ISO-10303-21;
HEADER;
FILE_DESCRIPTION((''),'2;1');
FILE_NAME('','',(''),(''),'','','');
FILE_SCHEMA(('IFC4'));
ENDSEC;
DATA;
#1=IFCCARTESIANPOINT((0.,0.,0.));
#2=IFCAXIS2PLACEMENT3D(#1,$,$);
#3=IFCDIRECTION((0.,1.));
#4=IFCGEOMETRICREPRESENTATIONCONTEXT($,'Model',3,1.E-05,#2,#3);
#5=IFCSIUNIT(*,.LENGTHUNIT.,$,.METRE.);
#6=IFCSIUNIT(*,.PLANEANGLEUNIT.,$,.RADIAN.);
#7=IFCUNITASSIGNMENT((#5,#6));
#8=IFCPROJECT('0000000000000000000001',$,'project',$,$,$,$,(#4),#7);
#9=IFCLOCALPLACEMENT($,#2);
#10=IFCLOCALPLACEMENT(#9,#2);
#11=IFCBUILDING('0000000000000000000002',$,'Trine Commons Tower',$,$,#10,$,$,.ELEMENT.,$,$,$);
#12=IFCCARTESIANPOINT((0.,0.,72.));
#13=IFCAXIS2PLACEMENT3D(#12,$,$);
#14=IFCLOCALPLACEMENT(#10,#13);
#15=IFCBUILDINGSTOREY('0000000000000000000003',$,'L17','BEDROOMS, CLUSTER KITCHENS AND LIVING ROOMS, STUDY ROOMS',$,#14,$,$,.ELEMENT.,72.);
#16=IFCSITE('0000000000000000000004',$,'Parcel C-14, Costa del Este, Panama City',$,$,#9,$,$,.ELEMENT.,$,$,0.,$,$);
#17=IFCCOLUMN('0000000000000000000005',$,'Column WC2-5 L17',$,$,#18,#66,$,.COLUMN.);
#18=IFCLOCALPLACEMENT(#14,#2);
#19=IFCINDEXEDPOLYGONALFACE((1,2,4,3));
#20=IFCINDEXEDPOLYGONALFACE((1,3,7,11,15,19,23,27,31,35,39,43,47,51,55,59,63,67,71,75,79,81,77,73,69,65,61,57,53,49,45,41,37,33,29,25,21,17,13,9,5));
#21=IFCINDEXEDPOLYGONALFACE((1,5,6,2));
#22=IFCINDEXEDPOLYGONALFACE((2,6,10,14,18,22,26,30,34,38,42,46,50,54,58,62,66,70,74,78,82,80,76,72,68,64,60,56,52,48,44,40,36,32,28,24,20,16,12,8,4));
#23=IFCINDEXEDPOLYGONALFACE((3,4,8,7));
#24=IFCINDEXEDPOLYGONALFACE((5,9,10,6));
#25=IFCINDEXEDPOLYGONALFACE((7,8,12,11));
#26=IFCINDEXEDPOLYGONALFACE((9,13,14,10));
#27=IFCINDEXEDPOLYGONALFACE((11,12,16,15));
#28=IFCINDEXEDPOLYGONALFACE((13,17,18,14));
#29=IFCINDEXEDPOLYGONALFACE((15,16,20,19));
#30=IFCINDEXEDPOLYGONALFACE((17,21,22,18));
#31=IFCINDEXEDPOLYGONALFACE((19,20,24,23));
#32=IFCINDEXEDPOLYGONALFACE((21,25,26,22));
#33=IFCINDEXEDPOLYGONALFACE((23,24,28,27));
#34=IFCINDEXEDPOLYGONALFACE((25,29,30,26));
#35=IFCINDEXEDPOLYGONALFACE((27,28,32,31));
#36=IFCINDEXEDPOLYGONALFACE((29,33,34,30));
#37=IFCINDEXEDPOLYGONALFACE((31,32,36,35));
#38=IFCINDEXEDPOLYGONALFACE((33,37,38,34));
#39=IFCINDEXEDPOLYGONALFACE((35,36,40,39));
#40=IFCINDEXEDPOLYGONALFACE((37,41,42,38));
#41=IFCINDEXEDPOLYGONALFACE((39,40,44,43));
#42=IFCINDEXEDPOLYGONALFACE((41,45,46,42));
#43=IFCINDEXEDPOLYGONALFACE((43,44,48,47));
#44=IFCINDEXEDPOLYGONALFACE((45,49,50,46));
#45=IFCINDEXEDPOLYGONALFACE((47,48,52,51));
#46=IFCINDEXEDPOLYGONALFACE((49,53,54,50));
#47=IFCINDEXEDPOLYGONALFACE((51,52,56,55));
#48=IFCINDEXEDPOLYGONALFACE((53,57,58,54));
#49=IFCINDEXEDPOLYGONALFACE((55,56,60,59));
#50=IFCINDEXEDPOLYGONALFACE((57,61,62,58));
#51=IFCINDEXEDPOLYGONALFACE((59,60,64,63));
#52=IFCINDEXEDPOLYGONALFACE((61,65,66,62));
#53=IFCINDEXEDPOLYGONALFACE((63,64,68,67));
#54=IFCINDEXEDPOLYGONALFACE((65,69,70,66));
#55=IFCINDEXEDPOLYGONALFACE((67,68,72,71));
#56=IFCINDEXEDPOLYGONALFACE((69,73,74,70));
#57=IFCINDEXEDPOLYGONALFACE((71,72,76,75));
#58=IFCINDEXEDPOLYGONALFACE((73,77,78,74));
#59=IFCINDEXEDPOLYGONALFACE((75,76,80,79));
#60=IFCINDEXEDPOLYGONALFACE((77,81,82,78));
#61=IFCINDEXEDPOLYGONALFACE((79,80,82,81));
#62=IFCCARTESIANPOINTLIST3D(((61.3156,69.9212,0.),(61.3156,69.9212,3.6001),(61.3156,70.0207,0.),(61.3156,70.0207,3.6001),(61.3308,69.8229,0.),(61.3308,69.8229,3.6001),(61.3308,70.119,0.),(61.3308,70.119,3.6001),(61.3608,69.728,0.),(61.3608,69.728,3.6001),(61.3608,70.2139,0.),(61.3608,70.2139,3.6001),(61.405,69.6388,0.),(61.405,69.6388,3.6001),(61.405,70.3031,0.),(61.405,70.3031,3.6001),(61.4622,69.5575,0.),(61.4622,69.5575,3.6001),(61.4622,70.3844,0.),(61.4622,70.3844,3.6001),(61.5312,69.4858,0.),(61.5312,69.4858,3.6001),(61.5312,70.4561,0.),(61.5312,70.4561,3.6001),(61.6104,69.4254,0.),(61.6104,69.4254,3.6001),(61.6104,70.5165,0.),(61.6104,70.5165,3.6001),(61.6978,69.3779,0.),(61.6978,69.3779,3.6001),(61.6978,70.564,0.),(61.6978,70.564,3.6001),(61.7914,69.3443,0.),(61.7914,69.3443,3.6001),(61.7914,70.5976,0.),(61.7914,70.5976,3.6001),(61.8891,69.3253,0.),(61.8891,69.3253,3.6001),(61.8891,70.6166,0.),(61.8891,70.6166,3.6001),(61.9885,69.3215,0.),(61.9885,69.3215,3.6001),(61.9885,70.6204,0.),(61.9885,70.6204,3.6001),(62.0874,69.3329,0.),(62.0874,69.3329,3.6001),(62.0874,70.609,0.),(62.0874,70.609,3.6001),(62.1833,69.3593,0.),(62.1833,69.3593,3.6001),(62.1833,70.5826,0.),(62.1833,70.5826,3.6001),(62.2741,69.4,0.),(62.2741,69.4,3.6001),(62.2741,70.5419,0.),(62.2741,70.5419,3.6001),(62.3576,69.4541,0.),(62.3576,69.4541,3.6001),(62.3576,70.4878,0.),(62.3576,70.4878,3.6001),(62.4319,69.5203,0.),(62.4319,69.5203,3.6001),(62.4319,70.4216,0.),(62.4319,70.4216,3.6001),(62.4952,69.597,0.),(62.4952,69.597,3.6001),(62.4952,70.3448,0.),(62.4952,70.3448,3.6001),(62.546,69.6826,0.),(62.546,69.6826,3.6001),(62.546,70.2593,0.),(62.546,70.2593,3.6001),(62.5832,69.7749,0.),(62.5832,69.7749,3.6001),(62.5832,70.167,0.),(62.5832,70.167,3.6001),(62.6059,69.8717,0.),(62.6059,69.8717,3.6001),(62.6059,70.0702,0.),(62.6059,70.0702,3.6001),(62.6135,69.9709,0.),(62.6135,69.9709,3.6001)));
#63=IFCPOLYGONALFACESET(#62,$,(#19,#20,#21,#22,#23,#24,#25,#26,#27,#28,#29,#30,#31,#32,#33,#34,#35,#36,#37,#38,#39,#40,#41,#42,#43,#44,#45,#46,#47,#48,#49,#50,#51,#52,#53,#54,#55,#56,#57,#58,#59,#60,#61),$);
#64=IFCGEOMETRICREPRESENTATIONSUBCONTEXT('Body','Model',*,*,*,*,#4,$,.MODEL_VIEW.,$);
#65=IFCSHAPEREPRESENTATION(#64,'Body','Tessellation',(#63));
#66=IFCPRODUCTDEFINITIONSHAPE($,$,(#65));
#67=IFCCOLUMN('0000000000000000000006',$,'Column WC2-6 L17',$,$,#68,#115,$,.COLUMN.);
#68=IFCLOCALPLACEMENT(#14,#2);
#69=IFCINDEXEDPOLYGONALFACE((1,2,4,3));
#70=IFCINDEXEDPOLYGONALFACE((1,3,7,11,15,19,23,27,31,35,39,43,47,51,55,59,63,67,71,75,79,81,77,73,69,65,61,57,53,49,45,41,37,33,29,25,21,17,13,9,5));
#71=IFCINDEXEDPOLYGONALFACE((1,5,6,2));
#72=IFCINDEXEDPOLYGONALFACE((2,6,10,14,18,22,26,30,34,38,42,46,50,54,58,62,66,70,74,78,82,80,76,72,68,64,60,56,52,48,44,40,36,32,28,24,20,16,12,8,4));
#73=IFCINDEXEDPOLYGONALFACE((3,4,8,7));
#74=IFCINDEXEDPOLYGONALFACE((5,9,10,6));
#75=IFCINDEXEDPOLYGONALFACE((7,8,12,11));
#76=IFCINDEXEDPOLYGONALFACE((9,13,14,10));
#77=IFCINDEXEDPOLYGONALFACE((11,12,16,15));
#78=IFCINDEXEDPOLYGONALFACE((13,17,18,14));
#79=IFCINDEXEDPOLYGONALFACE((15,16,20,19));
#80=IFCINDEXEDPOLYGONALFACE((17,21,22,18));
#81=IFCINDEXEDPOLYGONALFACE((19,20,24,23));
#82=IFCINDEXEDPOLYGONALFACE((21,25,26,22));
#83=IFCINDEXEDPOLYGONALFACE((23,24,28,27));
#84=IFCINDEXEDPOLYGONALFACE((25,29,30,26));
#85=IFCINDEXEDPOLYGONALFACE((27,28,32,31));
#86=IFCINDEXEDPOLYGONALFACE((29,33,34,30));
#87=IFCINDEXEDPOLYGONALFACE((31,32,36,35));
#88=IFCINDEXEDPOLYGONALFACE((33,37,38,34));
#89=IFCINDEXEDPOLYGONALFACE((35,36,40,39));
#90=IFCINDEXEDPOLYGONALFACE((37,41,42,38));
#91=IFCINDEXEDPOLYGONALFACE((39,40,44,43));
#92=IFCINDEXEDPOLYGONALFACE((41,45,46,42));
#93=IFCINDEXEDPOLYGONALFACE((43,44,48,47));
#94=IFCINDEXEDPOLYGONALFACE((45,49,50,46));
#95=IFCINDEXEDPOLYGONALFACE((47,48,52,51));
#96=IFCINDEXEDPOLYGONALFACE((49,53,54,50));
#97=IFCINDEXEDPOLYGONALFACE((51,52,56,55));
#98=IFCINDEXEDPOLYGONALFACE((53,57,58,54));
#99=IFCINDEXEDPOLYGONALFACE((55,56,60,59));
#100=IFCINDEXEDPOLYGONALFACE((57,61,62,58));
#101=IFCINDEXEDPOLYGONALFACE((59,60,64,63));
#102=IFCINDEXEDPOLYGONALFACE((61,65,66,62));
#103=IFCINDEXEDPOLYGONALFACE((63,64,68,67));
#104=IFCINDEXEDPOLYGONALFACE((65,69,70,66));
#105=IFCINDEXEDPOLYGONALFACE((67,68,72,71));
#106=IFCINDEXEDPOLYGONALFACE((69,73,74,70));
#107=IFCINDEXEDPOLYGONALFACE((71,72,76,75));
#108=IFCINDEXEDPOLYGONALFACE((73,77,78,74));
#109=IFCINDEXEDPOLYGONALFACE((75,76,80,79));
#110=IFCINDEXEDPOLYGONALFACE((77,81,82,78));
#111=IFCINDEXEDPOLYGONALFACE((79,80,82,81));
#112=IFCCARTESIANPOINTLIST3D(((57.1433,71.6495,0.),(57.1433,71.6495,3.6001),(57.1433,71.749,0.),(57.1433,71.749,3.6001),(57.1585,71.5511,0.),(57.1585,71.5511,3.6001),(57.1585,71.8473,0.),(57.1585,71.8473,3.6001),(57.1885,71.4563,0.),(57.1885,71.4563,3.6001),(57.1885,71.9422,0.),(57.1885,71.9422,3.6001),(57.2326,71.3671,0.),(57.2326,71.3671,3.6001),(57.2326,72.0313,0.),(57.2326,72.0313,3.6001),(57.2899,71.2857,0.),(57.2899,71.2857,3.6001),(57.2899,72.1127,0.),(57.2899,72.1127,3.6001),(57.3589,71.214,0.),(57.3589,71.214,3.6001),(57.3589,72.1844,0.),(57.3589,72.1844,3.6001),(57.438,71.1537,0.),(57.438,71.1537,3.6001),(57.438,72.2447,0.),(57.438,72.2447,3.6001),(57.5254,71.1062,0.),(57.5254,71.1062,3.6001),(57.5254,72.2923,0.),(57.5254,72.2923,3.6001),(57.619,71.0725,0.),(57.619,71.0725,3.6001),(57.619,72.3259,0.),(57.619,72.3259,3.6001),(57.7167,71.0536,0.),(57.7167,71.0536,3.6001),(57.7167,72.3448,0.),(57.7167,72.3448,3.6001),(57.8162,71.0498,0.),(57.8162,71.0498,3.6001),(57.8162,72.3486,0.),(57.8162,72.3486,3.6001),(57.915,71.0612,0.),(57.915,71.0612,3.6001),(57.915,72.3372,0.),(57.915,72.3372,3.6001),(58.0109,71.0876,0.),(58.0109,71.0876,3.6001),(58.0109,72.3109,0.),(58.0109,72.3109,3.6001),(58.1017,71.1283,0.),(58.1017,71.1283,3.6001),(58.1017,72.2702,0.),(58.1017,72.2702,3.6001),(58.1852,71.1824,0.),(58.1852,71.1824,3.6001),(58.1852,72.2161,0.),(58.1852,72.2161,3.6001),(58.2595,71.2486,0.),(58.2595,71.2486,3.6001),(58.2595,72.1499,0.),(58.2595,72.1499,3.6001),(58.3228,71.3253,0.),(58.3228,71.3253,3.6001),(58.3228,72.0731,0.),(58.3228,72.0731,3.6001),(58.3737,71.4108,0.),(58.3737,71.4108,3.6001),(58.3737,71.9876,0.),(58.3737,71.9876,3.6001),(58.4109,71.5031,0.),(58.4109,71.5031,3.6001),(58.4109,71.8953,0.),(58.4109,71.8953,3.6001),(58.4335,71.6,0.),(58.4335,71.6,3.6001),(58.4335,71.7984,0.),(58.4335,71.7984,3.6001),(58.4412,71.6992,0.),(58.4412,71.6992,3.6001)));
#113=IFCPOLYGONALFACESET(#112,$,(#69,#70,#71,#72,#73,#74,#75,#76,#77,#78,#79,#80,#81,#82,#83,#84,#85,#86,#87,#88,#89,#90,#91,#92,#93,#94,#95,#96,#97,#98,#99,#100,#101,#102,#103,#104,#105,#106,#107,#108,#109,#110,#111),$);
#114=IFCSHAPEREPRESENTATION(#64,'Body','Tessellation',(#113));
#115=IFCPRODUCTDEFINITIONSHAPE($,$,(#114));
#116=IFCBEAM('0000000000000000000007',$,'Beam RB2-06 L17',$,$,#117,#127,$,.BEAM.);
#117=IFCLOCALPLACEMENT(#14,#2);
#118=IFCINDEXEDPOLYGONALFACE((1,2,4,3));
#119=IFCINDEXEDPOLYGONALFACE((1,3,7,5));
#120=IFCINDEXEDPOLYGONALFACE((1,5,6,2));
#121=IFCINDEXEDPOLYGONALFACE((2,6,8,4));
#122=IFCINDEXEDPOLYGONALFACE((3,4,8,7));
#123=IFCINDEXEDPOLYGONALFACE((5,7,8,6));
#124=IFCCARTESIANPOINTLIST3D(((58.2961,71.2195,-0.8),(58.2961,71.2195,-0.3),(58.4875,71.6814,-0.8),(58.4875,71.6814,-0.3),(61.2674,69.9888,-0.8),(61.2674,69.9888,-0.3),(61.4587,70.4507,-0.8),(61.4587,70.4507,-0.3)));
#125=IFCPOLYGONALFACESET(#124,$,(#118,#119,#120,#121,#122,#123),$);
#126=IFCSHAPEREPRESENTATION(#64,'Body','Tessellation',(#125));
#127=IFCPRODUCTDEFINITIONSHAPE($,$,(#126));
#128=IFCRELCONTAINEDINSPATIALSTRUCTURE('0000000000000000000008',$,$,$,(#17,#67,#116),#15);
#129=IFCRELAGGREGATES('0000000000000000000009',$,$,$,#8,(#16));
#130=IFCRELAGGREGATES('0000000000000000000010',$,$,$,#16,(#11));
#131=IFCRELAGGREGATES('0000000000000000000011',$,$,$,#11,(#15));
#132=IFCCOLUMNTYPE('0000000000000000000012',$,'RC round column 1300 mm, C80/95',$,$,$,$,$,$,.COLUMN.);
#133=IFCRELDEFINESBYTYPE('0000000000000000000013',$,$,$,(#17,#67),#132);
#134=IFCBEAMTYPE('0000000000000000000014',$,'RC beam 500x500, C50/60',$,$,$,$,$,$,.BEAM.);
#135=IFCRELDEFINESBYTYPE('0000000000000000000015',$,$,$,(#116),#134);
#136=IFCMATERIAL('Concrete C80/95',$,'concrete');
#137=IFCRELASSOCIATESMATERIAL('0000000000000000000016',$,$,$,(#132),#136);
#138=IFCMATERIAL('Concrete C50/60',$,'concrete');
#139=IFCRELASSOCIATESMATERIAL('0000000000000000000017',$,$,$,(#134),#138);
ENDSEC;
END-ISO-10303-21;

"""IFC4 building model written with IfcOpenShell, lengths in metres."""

from ifc_helpers import new_model, si_unit, direction, frame, origin, origin_2d, place, context, subcontext, project, spatial, rectangle, circle, extrude, material, material_profile, profile_set, type_object, element, save


model = new_model("IFC4")

# Units and contexts
model_context = context("Model", 3, precision=1e-05, world=origin(), true_north=direction((0.0, 1.0)))
body_context = subcontext(model_context, "Body", "Model", "MODEL_VIEW")
ifc_project = project(units=[si_unit("LENGTHUNIT", "METRE"), si_unit("PLANEANGLEUNIT", "RADIAN")], contexts=[model_context])

# Site, building, storey
site_placement = place(None, origin())
site = spatial("IfcSite", under=ifc_project, at=site_placement, Name="Parcel C-14, Costa del Este, Panama City", CompositionType="ELEMENT", RefElevation=0.0)
building_placement = place(site_placement, origin())
building = spatial("IfcBuilding", under=site, at=building_placement, Name="Trine Commons Tower", CompositionType="ELEMENT")
storey_placement = place(building_placement, frame((0.0, 0.0, 72.0)))
storey = spatial("IfcBuildingStorey", under=building, at=storey_placement, Name="L17", Description="BEDROOMS, CLUSTER KITCHENS AND LIVING ROOMS, STUDY ROOMS", CompositionType="ELEMENT", Elevation=72.0)

# Columns
ifc_material_1 = material(Name="Concrete C80/95", Category="concrete")
ifc_material_profile_1 = material_profile(ifc_material_1, circle(Radius=0.6499, at=origin_2d()), Name="RC round 1300")
ifc_profile_set_1 = profile_set([ifc_material_profile_1], Name="Concrete C80/95")
column_type = type_object("IfcColumnType", Name="RC round column 1300 mm, C80/95", PredefinedType="COLUMN", material=ifc_profile_set_1)
for number, where, z_axis, x_axis, name in (
    (1, (61.9636, 69.9709, 0.0), (0.0, 0.0, 1.0), (1.0, 0.0, 0.0), "Column WC2-5 L17"),
    (2, (57.7913, 71.6992, 0.0), (0.0, 0.0, 1.0), (1.0, 0.0, 0.0), "Column WC2-6 L17"),
):
    element("IfcColumn", number, at=place(storey_placement, frame(where, z_axis=z_axis, x_axis=x_axis)), inside=storey, type_object=column_type, Name=name, PredefinedType="COLUMN", context=body_context, shape_type="SweptSolid", body=[
        extrude(circle(Radius=0.6499, at=origin_2d()), origin(), (0.0, 0.0, 1.0), 3.6001),
    ])

# Beam
ifc_material_2 = material(Name="Concrete C50/60", Category="concrete")
ifc_material_profile_2 = material_profile(ifc_material_2, rectangle(XDim=0.5, YDim=0.5, at=origin_2d()), Name="RC 500x500")
ifc_profile_set_2 = profile_set([ifc_material_profile_2], Name="Concrete C50/60")
beam_type = type_object("IfcBeamType", Name="RC beam 500x500, C50/60", PredefinedType="BEAM", material=ifc_profile_set_2)
beam_placement = place(storey_placement, frame((61.363, 70.2197, -0.55), z_axis=(-0.923879, 0.382685, 0.0), x_axis=(-0.382685, -0.923879, 0.0)))
element("IfcBeam", 3, at=beam_placement, inside=storey, type_object=beam_type, Name="Beam RB2-06 L17", PredefinedType="BEAM", context=body_context, shape_type="SweptSolid", body=[
    extrude(rectangle(XDim=0.5, YDim=0.5, at=origin_2d()), origin(), (0.0, 0.0, 1.0), 3.2161),
])

save(model, "model.ifc")
